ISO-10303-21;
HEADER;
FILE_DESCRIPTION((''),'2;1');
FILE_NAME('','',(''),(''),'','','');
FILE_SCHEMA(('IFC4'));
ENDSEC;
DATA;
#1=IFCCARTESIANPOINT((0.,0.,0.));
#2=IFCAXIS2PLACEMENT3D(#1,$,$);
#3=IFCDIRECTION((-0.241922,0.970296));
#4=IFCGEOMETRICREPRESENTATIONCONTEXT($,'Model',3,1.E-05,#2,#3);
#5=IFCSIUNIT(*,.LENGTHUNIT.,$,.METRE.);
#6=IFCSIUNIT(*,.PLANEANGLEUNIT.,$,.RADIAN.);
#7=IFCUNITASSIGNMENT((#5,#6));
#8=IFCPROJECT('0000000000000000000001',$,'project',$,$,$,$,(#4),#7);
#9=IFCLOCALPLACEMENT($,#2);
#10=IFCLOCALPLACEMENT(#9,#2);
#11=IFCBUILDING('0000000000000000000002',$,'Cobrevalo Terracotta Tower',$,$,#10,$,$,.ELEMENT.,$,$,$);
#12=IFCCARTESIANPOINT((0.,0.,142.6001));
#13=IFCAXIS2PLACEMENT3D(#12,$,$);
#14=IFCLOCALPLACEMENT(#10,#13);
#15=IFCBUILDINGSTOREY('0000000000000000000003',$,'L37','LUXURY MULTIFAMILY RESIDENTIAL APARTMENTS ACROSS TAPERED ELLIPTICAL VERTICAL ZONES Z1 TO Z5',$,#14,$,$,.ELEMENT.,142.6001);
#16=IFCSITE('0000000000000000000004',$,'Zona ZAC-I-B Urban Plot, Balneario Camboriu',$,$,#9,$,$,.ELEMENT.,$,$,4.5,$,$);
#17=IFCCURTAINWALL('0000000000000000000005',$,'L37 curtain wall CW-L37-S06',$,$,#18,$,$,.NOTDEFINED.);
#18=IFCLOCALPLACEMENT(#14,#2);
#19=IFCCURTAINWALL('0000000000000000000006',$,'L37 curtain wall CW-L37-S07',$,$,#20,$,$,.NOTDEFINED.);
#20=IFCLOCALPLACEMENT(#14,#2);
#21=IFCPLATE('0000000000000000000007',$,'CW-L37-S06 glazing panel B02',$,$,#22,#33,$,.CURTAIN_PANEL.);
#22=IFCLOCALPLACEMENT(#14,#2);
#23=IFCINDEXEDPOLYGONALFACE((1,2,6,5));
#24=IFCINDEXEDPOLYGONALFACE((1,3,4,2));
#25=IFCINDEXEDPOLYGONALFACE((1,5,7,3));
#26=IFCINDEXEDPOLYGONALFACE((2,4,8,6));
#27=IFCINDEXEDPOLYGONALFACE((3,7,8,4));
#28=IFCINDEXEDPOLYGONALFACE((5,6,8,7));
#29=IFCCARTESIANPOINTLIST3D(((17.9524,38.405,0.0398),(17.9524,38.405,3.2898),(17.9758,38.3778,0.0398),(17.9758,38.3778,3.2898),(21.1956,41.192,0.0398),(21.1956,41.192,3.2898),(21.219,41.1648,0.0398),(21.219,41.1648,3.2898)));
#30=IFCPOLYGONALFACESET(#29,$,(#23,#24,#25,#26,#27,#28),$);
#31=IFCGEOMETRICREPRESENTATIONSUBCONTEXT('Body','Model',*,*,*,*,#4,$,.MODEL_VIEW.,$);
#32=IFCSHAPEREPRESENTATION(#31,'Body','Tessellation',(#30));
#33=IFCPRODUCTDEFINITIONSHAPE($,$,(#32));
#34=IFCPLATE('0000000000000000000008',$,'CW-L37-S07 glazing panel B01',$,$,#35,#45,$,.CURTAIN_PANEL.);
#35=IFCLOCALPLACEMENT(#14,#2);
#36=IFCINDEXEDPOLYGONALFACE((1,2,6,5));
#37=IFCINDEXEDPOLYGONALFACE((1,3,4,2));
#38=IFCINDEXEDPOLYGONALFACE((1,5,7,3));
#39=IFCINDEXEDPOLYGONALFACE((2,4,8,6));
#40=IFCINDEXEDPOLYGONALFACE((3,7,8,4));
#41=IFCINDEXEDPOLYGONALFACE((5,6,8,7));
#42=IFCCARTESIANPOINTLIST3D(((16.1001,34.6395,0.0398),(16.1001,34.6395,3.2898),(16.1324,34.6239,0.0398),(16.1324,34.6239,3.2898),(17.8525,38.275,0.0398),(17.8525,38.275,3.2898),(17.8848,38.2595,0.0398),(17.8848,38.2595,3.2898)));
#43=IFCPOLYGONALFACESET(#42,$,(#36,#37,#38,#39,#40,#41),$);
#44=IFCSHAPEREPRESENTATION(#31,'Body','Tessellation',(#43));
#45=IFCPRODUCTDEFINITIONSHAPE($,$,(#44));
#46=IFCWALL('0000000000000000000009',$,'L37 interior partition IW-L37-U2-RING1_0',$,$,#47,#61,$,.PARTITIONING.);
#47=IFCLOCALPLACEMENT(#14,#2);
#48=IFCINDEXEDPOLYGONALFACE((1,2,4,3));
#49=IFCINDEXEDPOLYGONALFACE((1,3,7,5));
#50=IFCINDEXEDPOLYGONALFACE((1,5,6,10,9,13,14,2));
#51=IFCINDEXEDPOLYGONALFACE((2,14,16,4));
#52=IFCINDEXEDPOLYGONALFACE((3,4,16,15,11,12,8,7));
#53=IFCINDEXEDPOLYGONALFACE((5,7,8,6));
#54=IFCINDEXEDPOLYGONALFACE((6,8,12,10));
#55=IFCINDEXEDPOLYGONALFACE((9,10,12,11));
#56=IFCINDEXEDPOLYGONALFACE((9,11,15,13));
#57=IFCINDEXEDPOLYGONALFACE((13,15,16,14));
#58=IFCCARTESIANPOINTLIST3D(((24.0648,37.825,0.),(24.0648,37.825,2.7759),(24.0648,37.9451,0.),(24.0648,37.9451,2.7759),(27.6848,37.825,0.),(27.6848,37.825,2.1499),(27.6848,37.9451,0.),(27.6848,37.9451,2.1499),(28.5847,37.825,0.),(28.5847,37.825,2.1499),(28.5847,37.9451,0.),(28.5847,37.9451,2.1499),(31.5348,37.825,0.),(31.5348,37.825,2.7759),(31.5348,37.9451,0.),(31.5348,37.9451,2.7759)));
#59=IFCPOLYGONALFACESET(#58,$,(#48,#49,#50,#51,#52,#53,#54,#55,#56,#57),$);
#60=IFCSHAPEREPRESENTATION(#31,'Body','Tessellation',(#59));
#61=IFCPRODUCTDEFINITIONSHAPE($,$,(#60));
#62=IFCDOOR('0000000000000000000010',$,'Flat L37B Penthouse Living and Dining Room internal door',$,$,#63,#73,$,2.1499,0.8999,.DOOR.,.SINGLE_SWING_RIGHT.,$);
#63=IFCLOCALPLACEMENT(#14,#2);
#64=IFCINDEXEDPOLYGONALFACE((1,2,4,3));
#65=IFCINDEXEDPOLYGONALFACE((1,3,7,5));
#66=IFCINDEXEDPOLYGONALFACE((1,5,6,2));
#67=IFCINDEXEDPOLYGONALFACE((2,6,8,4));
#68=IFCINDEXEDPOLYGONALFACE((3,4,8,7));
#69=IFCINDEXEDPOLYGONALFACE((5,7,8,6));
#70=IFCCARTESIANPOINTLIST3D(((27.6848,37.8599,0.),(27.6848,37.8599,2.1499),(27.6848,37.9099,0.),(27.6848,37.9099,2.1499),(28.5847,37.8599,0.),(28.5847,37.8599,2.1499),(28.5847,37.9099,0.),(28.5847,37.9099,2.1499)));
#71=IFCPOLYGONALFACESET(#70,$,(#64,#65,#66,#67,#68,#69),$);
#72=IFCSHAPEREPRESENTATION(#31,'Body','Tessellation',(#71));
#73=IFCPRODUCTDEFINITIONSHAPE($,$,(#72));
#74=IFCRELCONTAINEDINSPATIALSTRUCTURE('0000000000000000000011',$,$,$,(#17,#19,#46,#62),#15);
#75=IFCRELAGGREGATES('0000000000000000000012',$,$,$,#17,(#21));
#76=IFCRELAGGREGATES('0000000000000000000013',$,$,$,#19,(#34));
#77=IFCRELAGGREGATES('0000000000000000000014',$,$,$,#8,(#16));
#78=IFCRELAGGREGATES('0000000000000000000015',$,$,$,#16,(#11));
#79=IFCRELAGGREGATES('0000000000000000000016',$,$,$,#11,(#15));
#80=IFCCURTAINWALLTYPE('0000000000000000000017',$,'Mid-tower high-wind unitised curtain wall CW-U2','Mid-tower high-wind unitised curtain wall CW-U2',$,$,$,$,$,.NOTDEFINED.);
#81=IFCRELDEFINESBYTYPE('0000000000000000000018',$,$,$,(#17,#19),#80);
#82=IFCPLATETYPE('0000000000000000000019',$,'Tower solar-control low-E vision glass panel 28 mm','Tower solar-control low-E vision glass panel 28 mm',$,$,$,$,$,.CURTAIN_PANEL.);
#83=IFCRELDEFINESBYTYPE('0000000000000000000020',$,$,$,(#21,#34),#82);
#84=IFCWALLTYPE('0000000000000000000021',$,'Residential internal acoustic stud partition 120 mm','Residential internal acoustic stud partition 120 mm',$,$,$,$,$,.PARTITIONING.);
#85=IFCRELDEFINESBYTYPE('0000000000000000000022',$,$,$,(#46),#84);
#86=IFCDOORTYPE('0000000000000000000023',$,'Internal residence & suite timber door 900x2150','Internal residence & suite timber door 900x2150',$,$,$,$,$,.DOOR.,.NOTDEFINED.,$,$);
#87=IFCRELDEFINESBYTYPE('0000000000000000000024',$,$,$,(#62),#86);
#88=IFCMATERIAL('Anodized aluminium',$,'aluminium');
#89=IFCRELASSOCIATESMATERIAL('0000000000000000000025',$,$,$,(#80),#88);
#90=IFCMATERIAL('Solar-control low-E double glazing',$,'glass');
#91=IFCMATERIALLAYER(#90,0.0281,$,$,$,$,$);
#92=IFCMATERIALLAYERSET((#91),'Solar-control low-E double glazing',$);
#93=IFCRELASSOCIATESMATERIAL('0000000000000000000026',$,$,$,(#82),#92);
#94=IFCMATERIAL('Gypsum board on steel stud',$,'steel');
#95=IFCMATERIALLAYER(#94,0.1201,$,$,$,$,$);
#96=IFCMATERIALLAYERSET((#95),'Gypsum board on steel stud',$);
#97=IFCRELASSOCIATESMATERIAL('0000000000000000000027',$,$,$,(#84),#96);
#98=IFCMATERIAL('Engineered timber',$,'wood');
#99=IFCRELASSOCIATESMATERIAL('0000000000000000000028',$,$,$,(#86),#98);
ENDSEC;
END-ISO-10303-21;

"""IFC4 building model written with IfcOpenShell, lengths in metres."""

from ifc_helpers import new_model, si_unit, direction, frame, frame_2d, origin, origin_2d, place, context, subcontext, project, spatial, rectangle, extrude, source, transform, mapped, material, layer, layer_set, type_object, element, fill, aggregate, save


model = new_model("IFC4")

# Units and contexts
model_context = context("Model", 3, precision=1e-05, world=origin(), true_north=direction((-0.241922, 0.970296)))
body_context = subcontext(model_context, "Body", "Model", "MODEL_VIEW")
ifc_project = project(units=[si_unit("LENGTHUNIT", "METRE"), si_unit("PLANEANGLEUNIT", "RADIAN")], contexts=[model_context])

# Site, building, storey
site_placement = place(None, origin())
site = spatial("IfcSite", under=ifc_project, at=site_placement, Name="Zona ZAC-I-B Urban Plot, Balneario Camboriu", CompositionType="ELEMENT", RefElevation=4.5)
building_placement = place(site_placement, origin())
building = spatial("IfcBuilding", under=site, at=building_placement, Name="Cobrevalo Terracotta Tower", CompositionType="ELEMENT")
storey_placement = place(building_placement, frame((0.0, 0.0, 142.6001)))
storey = spatial("IfcBuildingStorey", under=building, at=storey_placement, Name="L37", Description="LUXURY MULTIFAMILY RESIDENTIAL APARTMENTS ACROSS TAPERED ELLIPTICAL VERTICAL ZONES Z1 TO Z5", CompositionType="ELEMENT", Elevation=142.6001)

# Curtain walls
ifc_material_1 = material(Name="Anodized aluminium", Category="aluminium")
curtain_wall_type = type_object("IfcCurtainWallType", Name="Mid-tower high-wind unitised curtain wall CW-U2", Description="Mid-tower high-wind unitised curtain wall CW-U2", PredefinedType="NOTDEFINED", material=ifc_material_1)
curtain_wall_1_placement = place(storey_placement, origin())
curtain_wall_1 = element("IfcCurtainWall", 1, at=curtain_wall_1_placement, inside=storey, type_object=curtain_wall_type, Name="L37 curtain wall CW-L37-S06", PredefinedType="NOTDEFINED")
curtain_wall_2_placement = place(storey_placement, origin())
curtain_wall_2 = element("IfcCurtainWall", 2, at=curtain_wall_2_placement, inside=storey, type_object=curtain_wall_type, Name="L37 curtain wall CW-L37-S07", PredefinedType="NOTDEFINED")

# Plates
ifc_material_2 = material(Name="Solar-control low-E double glazing", Category="glass")
ifc_layer_1 = layer(ifc_material_2, 0.0281)
ifc_layer_set_1 = layer_set([ifc_layer_1], Name="Solar-control low-E double glazing")
plate_type = type_object("IfcPlateType", Name="Tower solar-control low-E vision glass panel 28 mm", Description="Tower solar-control low-E vision glass panel 28 mm", PredefinedType="CURTAIN_PANEL", material=ifc_layer_set_1)
shared_shape_1 = source(origin(), body_context, "Body", "SweptSolid", [
    extrude(rectangle(XDim=4.2761, YDim=0.0359, at=origin_2d()), origin(), (0.0, 0.0, 1.0), 3.25),
])
plate_1_placement = place(storey_placement, frame((19.5857, 39.7849, 0.0398), z_axis=(0.0, 0.0, 1.0), x_axis=(-0.758437, -0.651746, 0.0)))
plate_1 = element("IfcPlate", 3, at=plate_1_placement, type_object=plate_type, Name="CW-L37-S06 glazing panel B02", PredefinedType="CURTAIN_PANEL", context=body_context, shape_type="MappedRepresentation", body=[
    mapped(shared_shape_1, transform((0.0, 0.0, 0.0), scale=1.0)),
])
aggregate(curtain_wall_1, [plate_1])
shared_shape_2 = source(origin(), body_context, "Body", "SweptSolid", [
    extrude(rectangle(XDim=4.0359, YDim=0.0359, at=origin_2d()), origin(), (0.0, 0.0, 1.0), 3.25),
])
plate_2_placement = place(storey_placement, frame((16.9924, 36.4495, 0.0398), z_axis=(0.0, 0.0, 1.0), x_axis=(-0.434209, -0.900812, 0.0)))
plate_2 = element("IfcPlate", 4, at=plate_2_placement, type_object=plate_type, Name="CW-L37-S07 glazing panel B01", PredefinedType="CURTAIN_PANEL", context=body_context, shape_type="MappedRepresentation", body=[
    mapped(shared_shape_2, transform((0.0, 0.0, 0.0), scale=1.0)),
])
aggregate(curtain_wall_2, [plate_2])

# Wall, opening, door
ifc_material_3 = material(Name="Gypsum board on steel stud", Category="steel")
ifc_layer_2 = layer(ifc_material_3, 0.1201)
ifc_layer_set_2 = layer_set([ifc_layer_2], Name="Gypsum board on steel stud")
wall_type = type_object("IfcWallType", Name="Residential internal acoustic stud partition 120 mm", Description="Residential internal acoustic stud partition 120 mm", PredefinedType="PARTITIONING", material=ifc_layer_set_2)
wall_placement = place(storey_placement, frame((24.0649, 37.885, 0.0), z_axis=(0.0, 0.0, 1.0), x_axis=(1.0, 0.0, 0.0)))
wall = element("IfcWall", 5, at=wall_placement, inside=storey, type_object=wall_type, Name="L37 interior partition IW-L37-U2-RING1_0", PredefinedType="PARTITIONING", context=body_context, shape_type="SweptSolid", body=[
    extrude(rectangle(XDim=7.47, YDim=0.1201, at=frame_2d((3.7349, 0.0))), origin(), (0.0, 0.0, 1.0), 2.7759),
])
opening_placement = place(wall_placement, frame((3.6199, 0.0, 0.0)))
opening = element("IfcOpeningElement", 6, at=opening_placement, cuts=wall, PredefinedType="OPENING", context=body_context, shape_type="SweptSolid", body=[
    extrude(rectangle(XDim=0.8999, YDim=2.1499, at=frame_2d((0.45, 1.075))), frame((0.0, 0.0701, 0.0), z_axis=(0.0, -1.0, 0.0), x_axis=(1.0, 0.0, 0.0)), (0.0, 0.0, 1.0), 0.1401),
])
ifc_material_4 = material(Name="Engineered timber", Category="wood")
door_type = type_object("IfcDoorType", Name="Internal residence & suite timber door 900x2150", Description="Internal residence & suite timber door 900x2150", OperationType="NOTDEFINED", PredefinedType="DOOR", material=ifc_material_4)
shared_shape_3 = source(origin(), body_context, "Body", "SweptSolid", [
    extrude(rectangle(XDim=0.8999, YDim=2.1499, at=frame_2d((0.45, 1.075))), frame((0.0, 0.0249, 0.0), z_axis=(0.0, -1.0, 0.0), x_axis=(1.0, 0.0, 0.0)), (0.0, 0.0, 1.0), 0.05),
])
door_placement = place(opening_placement, origin())
door = element("IfcDoor", 7, at=door_placement, inside=storey, type_object=door_type, Name="Flat L37B Penthouse Living and Dining Room internal door", OperationType="SINGLE_SWING_RIGHT", OverallHeight=2.1499, OverallWidth=0.8999, PredefinedType="DOOR", context=body_context, shape_type="MappedRepresentation", body=[
    mapped(shared_shape_3, transform((0.0, 0.0, 0.0), scale=1.0)),
])
fill(opening, door)

save(model, "model.ifc")
